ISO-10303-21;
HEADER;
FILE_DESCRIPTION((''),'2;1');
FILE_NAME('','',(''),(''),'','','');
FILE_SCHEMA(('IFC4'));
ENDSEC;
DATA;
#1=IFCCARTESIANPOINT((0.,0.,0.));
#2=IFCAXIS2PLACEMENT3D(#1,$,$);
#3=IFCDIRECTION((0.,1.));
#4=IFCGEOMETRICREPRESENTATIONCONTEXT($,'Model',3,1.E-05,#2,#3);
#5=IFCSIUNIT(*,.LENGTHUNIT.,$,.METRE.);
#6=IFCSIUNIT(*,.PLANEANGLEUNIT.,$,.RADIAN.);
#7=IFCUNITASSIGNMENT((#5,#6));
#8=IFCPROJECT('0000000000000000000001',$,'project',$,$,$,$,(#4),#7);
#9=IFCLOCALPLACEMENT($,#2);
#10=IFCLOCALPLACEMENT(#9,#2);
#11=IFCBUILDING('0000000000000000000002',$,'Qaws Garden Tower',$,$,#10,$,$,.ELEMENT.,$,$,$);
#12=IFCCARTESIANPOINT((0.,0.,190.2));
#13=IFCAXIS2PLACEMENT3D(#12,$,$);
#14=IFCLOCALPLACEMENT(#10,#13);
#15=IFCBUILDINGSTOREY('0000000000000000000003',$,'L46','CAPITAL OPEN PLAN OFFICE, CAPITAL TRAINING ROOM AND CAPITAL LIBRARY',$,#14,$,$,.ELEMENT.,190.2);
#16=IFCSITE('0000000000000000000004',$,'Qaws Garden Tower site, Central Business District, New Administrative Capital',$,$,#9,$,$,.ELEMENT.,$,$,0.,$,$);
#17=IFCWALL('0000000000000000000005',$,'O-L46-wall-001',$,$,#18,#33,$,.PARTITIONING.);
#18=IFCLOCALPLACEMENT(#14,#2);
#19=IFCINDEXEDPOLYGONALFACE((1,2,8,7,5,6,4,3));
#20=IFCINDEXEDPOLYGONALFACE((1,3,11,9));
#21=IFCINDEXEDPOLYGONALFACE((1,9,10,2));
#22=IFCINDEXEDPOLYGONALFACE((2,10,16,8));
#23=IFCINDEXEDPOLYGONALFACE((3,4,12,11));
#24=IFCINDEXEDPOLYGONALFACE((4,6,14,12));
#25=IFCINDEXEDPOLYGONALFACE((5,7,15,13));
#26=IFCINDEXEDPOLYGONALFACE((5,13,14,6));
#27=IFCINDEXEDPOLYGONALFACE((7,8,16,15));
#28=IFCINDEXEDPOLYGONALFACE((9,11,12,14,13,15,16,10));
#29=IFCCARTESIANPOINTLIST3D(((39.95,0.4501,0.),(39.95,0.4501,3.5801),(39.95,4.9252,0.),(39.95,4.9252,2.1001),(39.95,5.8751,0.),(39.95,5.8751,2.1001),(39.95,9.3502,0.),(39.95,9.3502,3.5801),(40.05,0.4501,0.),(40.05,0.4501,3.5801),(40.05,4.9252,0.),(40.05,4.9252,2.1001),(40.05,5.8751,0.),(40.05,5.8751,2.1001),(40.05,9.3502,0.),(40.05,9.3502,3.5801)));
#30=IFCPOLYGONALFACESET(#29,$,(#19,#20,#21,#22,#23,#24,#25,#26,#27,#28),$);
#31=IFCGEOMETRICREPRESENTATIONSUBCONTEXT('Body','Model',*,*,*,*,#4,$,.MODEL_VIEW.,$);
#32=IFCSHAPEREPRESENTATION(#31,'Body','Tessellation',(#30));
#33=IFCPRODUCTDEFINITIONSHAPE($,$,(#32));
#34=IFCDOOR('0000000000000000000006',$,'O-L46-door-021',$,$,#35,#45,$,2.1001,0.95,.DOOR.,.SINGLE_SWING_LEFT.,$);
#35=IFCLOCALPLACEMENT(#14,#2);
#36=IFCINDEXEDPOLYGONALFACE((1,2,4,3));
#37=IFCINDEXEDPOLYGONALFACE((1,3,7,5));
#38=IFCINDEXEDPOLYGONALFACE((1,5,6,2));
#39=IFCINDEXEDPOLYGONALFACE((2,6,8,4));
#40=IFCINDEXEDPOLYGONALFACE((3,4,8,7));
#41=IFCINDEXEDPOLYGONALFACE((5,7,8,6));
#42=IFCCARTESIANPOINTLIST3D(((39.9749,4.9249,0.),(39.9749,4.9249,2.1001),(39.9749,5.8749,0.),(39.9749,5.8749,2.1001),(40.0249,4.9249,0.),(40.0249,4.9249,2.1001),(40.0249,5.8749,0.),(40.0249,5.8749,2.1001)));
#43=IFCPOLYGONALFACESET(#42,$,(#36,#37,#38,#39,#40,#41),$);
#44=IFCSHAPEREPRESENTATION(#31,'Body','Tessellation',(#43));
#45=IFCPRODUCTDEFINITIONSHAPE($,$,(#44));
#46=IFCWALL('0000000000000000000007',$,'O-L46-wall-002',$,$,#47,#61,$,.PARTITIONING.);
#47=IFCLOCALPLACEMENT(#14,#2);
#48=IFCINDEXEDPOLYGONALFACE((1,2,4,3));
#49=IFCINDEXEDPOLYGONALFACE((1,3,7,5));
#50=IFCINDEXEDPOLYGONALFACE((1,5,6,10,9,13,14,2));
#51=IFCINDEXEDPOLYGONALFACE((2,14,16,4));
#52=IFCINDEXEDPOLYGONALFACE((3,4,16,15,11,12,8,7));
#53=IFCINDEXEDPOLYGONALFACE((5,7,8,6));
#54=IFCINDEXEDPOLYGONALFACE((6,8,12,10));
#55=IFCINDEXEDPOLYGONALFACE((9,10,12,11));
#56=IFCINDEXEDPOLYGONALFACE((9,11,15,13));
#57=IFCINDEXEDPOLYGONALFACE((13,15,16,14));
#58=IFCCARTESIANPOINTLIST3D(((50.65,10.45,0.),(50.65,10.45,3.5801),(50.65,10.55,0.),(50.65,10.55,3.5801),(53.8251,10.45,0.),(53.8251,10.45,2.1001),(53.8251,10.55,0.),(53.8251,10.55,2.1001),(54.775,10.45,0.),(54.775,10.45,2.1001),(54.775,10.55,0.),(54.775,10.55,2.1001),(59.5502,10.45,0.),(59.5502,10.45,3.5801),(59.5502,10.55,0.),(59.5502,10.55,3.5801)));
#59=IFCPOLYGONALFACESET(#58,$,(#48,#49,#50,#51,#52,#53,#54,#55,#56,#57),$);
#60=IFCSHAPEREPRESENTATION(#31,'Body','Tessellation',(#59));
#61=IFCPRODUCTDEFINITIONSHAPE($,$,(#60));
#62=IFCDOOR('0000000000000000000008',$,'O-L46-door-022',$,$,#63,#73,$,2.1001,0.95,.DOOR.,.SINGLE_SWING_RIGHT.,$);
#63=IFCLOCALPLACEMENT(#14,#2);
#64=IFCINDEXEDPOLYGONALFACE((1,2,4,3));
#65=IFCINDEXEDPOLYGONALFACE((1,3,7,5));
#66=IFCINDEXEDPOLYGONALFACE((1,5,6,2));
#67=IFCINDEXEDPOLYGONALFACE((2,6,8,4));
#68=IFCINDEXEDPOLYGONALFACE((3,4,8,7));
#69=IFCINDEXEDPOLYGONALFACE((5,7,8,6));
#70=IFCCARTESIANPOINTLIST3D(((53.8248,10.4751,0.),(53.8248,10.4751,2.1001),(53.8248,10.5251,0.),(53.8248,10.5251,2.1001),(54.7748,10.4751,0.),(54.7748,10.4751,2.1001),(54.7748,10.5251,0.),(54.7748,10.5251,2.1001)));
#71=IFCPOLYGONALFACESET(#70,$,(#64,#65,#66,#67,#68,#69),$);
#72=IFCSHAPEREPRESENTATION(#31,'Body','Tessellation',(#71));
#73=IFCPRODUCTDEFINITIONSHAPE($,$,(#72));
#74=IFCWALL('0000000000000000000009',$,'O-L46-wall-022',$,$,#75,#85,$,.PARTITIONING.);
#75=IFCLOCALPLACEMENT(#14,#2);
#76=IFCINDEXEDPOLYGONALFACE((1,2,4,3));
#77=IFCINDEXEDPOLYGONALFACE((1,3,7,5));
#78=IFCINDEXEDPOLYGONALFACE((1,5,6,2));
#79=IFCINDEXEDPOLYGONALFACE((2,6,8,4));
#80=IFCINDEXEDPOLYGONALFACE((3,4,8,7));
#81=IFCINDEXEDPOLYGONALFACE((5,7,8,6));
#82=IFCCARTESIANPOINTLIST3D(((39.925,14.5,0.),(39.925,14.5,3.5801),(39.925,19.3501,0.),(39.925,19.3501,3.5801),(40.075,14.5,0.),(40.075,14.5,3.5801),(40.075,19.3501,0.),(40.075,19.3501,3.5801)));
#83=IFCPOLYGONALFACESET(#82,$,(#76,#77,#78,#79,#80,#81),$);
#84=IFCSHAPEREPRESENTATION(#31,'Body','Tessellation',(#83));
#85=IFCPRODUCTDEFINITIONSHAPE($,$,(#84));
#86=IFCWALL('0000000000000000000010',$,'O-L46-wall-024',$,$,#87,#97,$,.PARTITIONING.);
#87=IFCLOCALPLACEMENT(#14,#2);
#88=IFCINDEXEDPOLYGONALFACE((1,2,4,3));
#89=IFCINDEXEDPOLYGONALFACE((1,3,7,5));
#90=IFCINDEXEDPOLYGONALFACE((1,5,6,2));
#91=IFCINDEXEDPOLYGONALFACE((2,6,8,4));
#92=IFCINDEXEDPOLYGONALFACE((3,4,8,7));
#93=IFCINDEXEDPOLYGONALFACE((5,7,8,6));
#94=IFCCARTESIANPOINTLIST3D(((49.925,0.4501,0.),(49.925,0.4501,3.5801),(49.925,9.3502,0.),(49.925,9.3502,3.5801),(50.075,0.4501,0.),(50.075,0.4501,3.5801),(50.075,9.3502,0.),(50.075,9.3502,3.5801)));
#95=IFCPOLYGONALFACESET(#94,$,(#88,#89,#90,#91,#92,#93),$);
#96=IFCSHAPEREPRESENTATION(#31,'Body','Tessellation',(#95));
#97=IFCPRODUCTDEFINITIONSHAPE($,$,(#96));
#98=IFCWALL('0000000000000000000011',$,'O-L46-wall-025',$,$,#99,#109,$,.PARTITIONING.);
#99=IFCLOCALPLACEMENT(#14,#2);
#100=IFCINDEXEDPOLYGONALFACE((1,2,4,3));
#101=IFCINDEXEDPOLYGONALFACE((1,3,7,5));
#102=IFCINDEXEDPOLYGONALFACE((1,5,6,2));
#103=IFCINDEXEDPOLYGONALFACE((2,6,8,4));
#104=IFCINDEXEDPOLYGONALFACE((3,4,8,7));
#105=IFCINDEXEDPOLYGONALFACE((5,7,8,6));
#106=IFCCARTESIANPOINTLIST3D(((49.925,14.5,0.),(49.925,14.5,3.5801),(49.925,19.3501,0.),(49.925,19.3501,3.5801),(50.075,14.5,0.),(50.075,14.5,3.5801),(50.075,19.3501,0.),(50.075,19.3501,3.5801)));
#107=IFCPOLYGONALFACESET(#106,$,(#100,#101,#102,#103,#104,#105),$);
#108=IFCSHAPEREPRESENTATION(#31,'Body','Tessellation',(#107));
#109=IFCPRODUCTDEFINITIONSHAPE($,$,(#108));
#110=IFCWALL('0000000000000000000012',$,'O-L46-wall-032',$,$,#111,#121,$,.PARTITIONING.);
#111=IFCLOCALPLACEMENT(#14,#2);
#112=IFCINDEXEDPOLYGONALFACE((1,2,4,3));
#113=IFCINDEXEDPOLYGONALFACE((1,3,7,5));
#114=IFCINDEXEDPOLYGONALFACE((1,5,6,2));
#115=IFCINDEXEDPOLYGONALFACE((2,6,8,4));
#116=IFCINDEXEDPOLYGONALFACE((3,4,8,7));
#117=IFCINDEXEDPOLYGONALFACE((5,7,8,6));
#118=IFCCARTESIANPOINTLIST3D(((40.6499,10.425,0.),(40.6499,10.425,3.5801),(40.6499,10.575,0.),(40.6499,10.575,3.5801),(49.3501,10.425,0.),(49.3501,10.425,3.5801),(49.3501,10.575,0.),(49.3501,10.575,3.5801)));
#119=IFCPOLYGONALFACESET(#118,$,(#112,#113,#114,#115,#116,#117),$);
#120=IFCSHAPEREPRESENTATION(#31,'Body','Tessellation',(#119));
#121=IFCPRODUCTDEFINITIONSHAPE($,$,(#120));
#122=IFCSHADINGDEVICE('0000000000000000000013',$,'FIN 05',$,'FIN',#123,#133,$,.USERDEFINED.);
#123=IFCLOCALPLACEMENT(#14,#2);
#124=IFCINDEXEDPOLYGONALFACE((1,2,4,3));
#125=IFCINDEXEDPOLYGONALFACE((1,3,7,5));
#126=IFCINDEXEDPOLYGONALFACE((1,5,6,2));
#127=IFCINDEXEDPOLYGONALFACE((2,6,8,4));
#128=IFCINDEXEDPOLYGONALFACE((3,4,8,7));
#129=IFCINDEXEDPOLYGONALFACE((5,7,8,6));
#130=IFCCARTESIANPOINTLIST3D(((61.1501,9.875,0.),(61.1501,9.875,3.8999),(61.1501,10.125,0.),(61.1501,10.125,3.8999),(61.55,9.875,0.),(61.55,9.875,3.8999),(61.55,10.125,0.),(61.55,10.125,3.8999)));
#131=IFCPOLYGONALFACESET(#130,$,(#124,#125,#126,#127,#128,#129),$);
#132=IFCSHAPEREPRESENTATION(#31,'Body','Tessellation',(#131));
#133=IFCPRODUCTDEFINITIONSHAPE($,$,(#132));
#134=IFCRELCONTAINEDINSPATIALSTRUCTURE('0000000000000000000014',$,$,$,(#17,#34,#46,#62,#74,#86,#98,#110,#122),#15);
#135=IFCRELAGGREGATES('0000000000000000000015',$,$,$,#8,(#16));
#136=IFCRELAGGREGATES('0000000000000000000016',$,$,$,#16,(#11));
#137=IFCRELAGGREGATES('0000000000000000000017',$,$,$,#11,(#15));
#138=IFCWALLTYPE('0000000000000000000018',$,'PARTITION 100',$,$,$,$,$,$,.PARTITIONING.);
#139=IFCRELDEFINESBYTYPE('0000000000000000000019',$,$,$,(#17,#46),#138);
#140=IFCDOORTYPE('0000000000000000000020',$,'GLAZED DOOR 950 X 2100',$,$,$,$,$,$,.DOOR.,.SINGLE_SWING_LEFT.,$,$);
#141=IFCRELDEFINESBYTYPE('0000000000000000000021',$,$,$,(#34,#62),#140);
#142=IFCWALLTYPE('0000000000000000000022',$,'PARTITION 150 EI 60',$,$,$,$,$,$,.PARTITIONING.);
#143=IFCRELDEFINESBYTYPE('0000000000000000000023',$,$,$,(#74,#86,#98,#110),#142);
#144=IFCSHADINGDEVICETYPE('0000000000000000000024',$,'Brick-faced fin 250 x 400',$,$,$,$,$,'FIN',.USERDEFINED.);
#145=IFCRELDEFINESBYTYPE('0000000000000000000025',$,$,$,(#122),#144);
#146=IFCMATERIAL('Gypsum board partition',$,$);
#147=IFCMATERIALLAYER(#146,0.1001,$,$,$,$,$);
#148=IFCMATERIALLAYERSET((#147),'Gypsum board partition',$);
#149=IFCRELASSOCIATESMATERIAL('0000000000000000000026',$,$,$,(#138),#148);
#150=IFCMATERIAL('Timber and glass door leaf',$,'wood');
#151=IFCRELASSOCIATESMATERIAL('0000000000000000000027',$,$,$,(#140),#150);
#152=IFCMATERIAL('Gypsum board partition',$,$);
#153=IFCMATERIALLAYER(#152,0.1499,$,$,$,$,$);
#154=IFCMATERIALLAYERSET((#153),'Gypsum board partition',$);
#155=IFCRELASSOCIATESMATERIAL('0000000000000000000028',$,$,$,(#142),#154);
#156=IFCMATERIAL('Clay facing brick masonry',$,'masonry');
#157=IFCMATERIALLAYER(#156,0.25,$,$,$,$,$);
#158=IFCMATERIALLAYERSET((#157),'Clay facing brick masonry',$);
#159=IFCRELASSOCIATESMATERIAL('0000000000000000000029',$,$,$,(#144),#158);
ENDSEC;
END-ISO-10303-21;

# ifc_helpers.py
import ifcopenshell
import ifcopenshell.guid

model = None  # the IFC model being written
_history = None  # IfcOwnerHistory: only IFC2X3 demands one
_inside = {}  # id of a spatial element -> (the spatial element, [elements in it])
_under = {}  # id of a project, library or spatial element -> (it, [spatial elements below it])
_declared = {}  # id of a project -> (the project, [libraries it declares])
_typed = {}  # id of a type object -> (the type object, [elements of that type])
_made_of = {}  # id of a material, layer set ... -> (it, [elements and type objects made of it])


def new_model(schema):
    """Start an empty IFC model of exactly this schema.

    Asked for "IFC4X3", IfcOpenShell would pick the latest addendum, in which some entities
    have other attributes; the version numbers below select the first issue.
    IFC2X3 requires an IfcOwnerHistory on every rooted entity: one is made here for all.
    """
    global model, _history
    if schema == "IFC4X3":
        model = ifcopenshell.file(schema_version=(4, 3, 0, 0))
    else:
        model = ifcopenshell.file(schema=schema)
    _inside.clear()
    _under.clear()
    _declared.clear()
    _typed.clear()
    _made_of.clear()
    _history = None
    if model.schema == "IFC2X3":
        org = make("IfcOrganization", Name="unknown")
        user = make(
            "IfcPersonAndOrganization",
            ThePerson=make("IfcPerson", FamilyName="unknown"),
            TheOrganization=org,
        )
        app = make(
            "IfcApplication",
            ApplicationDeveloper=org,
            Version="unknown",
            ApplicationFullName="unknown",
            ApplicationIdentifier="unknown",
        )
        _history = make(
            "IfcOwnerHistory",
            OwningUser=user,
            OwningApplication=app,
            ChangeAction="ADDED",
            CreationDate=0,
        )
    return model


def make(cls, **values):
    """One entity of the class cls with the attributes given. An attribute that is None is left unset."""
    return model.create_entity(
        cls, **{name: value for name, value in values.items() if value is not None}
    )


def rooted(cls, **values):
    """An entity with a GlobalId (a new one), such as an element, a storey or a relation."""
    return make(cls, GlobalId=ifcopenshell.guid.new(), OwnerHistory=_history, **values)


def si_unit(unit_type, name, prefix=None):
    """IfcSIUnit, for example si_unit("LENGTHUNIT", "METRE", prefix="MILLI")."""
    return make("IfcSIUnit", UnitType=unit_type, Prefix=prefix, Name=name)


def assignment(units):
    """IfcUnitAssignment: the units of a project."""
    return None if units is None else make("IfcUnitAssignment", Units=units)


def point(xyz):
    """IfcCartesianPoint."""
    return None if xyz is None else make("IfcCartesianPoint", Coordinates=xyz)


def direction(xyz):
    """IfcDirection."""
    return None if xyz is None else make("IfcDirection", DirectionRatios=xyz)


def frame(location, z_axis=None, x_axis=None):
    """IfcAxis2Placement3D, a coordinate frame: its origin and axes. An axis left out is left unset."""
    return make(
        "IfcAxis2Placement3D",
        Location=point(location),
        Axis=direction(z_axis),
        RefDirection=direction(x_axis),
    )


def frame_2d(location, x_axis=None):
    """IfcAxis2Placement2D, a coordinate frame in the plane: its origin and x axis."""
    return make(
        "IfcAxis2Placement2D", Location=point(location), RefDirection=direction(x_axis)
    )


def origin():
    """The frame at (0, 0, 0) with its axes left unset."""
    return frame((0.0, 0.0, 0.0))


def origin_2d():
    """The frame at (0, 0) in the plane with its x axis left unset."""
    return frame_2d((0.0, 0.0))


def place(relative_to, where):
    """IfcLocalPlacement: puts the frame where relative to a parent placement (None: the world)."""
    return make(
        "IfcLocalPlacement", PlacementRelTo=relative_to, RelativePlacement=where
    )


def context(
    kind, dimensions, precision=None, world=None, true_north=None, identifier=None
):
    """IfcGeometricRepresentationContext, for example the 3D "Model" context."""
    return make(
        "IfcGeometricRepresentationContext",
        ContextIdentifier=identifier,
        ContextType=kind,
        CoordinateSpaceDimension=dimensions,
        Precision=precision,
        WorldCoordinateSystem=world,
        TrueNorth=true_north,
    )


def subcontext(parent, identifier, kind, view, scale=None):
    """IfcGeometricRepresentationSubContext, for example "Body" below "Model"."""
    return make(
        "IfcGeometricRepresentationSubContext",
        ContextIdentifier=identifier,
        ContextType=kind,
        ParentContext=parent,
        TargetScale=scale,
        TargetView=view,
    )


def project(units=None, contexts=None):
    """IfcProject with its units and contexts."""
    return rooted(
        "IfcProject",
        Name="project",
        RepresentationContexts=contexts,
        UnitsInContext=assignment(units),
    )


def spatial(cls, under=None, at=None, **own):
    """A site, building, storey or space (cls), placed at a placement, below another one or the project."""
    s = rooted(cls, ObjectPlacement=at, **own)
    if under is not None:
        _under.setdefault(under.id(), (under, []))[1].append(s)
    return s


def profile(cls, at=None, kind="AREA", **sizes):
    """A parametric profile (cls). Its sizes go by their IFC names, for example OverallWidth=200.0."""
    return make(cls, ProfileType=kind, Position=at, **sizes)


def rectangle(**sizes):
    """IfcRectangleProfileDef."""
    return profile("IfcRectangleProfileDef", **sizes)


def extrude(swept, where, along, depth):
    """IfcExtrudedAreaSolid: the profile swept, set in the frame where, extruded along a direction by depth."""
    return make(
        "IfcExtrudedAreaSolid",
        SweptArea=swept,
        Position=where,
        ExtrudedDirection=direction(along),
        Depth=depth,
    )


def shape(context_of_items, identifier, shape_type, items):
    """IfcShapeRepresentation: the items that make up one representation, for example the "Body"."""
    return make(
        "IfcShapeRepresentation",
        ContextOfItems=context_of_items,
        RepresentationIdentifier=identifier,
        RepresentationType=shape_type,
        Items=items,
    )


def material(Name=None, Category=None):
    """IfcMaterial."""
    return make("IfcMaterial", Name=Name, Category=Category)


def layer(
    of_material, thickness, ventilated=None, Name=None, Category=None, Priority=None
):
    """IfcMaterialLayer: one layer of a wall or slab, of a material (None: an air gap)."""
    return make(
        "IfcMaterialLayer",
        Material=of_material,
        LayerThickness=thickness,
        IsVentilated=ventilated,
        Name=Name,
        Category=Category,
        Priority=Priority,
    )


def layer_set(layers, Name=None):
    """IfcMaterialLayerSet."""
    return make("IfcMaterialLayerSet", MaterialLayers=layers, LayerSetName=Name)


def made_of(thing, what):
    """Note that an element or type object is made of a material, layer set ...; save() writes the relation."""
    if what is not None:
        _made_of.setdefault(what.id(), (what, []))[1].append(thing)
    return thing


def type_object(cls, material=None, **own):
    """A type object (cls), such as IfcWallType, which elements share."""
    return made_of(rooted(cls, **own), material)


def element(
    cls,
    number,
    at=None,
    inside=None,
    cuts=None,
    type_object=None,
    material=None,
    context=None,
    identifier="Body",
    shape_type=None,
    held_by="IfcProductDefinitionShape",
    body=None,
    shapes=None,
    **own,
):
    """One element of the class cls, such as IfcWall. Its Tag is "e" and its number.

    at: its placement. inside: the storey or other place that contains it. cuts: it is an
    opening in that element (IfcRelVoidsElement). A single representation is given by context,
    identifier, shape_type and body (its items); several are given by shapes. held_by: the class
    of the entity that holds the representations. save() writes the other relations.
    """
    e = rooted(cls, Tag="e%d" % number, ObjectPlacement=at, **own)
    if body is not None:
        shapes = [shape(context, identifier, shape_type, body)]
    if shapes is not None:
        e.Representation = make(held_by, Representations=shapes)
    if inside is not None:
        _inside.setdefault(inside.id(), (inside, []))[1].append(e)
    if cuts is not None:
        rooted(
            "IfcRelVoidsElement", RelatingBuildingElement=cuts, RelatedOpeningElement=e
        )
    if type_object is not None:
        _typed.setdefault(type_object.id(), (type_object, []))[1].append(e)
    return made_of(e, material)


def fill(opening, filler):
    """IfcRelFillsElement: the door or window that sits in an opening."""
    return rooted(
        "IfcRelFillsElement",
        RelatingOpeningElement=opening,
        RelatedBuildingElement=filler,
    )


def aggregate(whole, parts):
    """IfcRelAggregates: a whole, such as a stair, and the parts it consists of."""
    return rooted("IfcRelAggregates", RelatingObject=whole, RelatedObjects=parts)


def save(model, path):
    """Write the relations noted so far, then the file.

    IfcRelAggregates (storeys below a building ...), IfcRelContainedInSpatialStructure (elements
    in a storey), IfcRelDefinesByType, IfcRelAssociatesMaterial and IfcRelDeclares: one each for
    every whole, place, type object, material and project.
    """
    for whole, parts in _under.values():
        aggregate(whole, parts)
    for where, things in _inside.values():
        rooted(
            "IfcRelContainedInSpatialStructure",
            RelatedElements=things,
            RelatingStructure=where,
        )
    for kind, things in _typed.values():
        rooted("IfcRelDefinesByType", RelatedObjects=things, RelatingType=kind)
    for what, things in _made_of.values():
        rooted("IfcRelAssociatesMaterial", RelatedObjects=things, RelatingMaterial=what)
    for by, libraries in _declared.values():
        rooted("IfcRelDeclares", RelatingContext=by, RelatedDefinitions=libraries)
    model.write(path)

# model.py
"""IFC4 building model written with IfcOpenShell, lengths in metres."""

from ifc_helpers import new_model, si_unit, direction, frame, frame_2d, origin, origin_2d, place, context, subcontext, project, spatial, rectangle, extrude, material, layer, layer_set, type_object, element, fill, save


model = new_model("IFC4")

# Units and contexts
model_context = context("Model", 3, precision=1e-05, world=origin(), true_north=direction((0.0, 1.0)))
body_context = subcontext(model_context, "Body", "Model", "MODEL_VIEW")
ifc_project = project(units=[si_unit("LENGTHUNIT", "METRE"), si_unit("PLANEANGLEUNIT", "RADIAN")], contexts=[model_context])

# Site, building, storey
site_placement = place(None, origin())
site = spatial("IfcSite", under=ifc_project, at=site_placement, Name="Qaws Garden Tower site, Central Business District, New Administrative Capital", CompositionType="ELEMENT", RefElevation=0.0)
building_placement = place(site_placement, origin())
building = spatial("IfcBuilding", under=site, at=building_placement, Name="Qaws Garden Tower", CompositionType="ELEMENT")
storey_placement = place(building_placement, frame((0.0, 0.0, 190.2)))
storey = spatial("IfcBuildingStorey", under=building, at=storey_placement, Name="L46", Description="CAPITAL OPEN PLAN OFFICE, CAPITAL TRAINING ROOM AND CAPITAL LIBRARY", CompositionType="ELEMENT", Elevation=190.2)

# Walls, openings, doors
ifc_material_1 = material(Name="Gypsum board partition")
ifc_layer_1 = layer(ifc_material_1, 0.1001)
ifc_layer_set_1 = layer_set([ifc_layer_1], Name="Gypsum board partition")
wall_type_1 = type_object("IfcWallType", Name="PARTITION 100", PredefinedType="PARTITIONING", material=ifc_layer_set_1)
wall_1_placement = place(storey_placement, frame((40.0, 0.45, 0.0), z_axis=(0.0, 0.0, 1.0), x_axis=(0.0, 1.0, 0.0)))
wall_1 = element("IfcWall", 1, at=wall_1_placement, inside=storey, type_object=wall_type_1, Name="O-L46-wall-001", PredefinedType="PARTITIONING", context=body_context, shape_type="SweptSolid", body=[
    extrude(rectangle(XDim=8.9001, YDim=0.1001, at=frame_2d((4.4502, 0.0))), origin(), (0.0, 0.0, 1.0), 3.5801),
])
opening_1_placement = place(wall_1_placement, frame((4.4751, 0.0, 0.0)))
opening_1 = element("IfcOpeningElement", 2, at=opening_1_placement, cuts=wall_1, PredefinedType="OPENING", context=body_context, shape_type="SweptSolid", body=[
    extrude(rectangle(XDim=0.95, YDim=2.1001, at=frame_2d((0.4751, 1.05))), frame((0.0, 0.0601, 0.0), z_axis=(0.0, -1.0, 0.0), x_axis=(1.0, 0.0, 0.0)), (0.0, 0.0, 1.0), 0.1201),
])
ifc_material_2 = material(Name="Timber and glass door leaf", Category="wood")
door_type = type_object("IfcDoorType", Name="GLAZED DOOR 950 X 2100", OperationType="SINGLE_SWING_LEFT", PredefinedType="DOOR", material=ifc_material_2)
door_1_placement = place(opening_1_placement, frame((0.95, 0.0, 0.0), z_axis=(0.0, 0.0, 1.0), x_axis=(-1.0, 0.0, 0.0)))
door_1 = element("IfcDoor", 3, at=door_1_placement, inside=storey, type_object=door_type, Name="O-L46-door-021", OperationType="SINGLE_SWING_LEFT", OverallHeight=2.1001, OverallWidth=0.95, PredefinedType="DOOR", context=body_context, shape_type="SweptSolid", body=[
    extrude(rectangle(XDim=0.95, YDim=2.1001, at=frame_2d((0.4751, 1.05))), frame((0.0, 0.0249, 0.0), z_axis=(0.0, -1.0, 0.0), x_axis=(1.0, 0.0, 0.0)), (0.0, 0.0, 1.0), 0.05),
])
fill(opening_1, door_1)
wall_2_placement = place(storey_placement, frame((50.6499, 10.5, 0.0), z_axis=(0.0, 0.0, 1.0), x_axis=(1.0, 0.0, 0.0)))
wall_2 = element("IfcWall", 4, at=wall_2_placement, inside=storey, type_object=wall_type_1, Name="O-L46-wall-002", PredefinedType="PARTITIONING", context=body_context, shape_type="SweptSolid", body=[
    extrude(rectangle(XDim=8.9001, YDim=0.1001, at=frame_2d((4.4502, 0.0))), origin(), (0.0, 0.0, 1.0), 3.5801),
])
opening_2_placement = place(wall_2_placement, frame((3.175, 0.0, 0.0)))
opening_2 = element("IfcOpeningElement", 5, at=opening_2_placement, cuts=wall_2, PredefinedType="OPENING", context=body_context, shape_type="SweptSolid", body=[
    extrude(rectangle(XDim=0.95, YDim=2.1001, at=frame_2d((0.4751, 1.05))), frame((0.0, 0.0601, 0.0), z_axis=(0.0, -1.0, 0.0), x_axis=(1.0, 0.0, 0.0)), (0.0, 0.0, 1.0), 0.1201),
])
door_2_placement = place(opening_2_placement, frame((0.95, 0.0, 0.0), z_axis=(0.0, 0.0, 1.0), x_axis=(-1.0, 0.0, 0.0)))
door_2 = element("IfcDoor", 6, at=door_2_placement, inside=storey, type_object=door_type, Name="O-L46-door-022", OperationType="SINGLE_SWING_RIGHT", OverallHeight=2.1001, OverallWidth=0.95, PredefinedType="DOOR", context=body_context, shape_type="SweptSolid", body=[
    extrude(rectangle(XDim=0.95, YDim=2.1001, at=frame_2d((0.4751, 1.05))), frame((0.0, 0.0249, 0.0), z_axis=(0.0, -1.0, 0.0), x_axis=(1.0, 0.0, 0.0)), (0.0, 0.0, 1.0), 0.05),
])
fill(opening_2, door_2)

# Walls
ifc_material_3 = material(Name="Gypsum board partition")
ifc_layer_2 = layer(ifc_material_3, 0.1499)
ifc_layer_set_2 = layer_set([ifc_layer_2], Name="Gypsum board partition")
wall_type_2 = type_object("IfcWallType", Name="PARTITION 150 EI 60", PredefinedType="PARTITIONING", material=ifc_layer_set_2)
wall_3_placement = place(storey_placement, frame((40.0, 14.5, 0.0), z_axis=(0.0, 0.0, 1.0), x_axis=(0.0, 1.0, 0.0)))
element("IfcWall", 7, at=wall_3_placement, inside=storey, type_object=wall_type_2, Name="O-L46-wall-022", PredefinedType="PARTITIONING", context=body_context, shape_type="SweptSolid", body=[
    extrude(rectangle(XDim=4.8501, YDim=0.1499, at=frame_2d((2.425, 0.0))), origin(), (0.0, 0.0, 1.0), 3.5801),
])
wall_4_placement = place(storey_placement, frame((50.0, 0.45, 0.0), z_axis=(0.0, 0.0, 1.0), x_axis=(0.0, 1.0, 0.0)))
element("IfcWall", 8, at=wall_4_placement, inside=storey, type_object=wall_type_2, Name="O-L46-wall-024", PredefinedType="PARTITIONING", context=body_context, shape_type="SweptSolid", body=[
    extrude(rectangle(XDim=8.9001, YDim=0.1499, at=frame_2d((4.4502, 0.0))), origin(), (0.0, 0.0, 1.0), 3.5801),
])
wall_5_placement = place(storey_placement, frame((50.0, 14.5, 0.0), z_axis=(0.0, 0.0, 1.0), x_axis=(0.0, 1.0, 0.0)))
element("IfcWall", 9, at=wall_5_placement, inside=storey, type_object=wall_type_2, Name="O-L46-wall-025", PredefinedType="PARTITIONING", context=body_context, shape_type="SweptSolid", body=[
    extrude(rectangle(XDim=4.8501, YDim=0.1499, at=frame_2d((2.425, 0.0))), origin(), (0.0, 0.0, 1.0), 3.5801),
])
wall_6_placement = place(storey_placement, frame((40.6499, 10.5, 0.0), z_axis=(0.0, 0.0, 1.0), x_axis=(1.0, 0.0, 0.0)))
element("IfcWall", 10, at=wall_6_placement, inside=storey, type_object=wall_type_2, Name="O-L46-wall-032", PredefinedType="PARTITIONING", context=body_context, shape_type="SweptSolid", body=[
    extrude(rectangle(XDim=8.7002, YDim=0.1499, at=frame_2d((4.3501, 0.0))), origin(), (0.0, 0.0, 1.0), 3.5801),
])

# Shading device
ifc_material_4 = material(Name="Clay facing brick masonry", Category="masonry")
ifc_layer_3 = layer(ifc_material_4, 0.25)
ifc_layer_set_3 = layer_set([ifc_layer_3], Name="Clay facing brick masonry")
shading_device_type = type_object("IfcShadingDeviceType", Name="Brick-faced fin 250 x 400", ElementType="FIN", PredefinedType="USERDEFINED", material=ifc_layer_set_3)
shading_device_placement = place(storey_placement, frame((61.3501, 10.0, 0.0), z_axis=(0.0, 0.0, 1.0), x_axis=(0.0, 1.0, 0.0)))
element("IfcShadingDevice", 11, at=shading_device_placement, inside=storey, type_object=shading_device_type, Name="FIN 05", ObjectType="FIN", PredefinedType="USERDEFINED", context=body_context, shape_type="SweptSolid", body=[
    extrude(rectangle(XDim=0.25, YDim=0.3999, at=origin_2d()), origin(), (0.0, 0.0, 1.0), 3.8999),
])

save(model, "model.ifc")
